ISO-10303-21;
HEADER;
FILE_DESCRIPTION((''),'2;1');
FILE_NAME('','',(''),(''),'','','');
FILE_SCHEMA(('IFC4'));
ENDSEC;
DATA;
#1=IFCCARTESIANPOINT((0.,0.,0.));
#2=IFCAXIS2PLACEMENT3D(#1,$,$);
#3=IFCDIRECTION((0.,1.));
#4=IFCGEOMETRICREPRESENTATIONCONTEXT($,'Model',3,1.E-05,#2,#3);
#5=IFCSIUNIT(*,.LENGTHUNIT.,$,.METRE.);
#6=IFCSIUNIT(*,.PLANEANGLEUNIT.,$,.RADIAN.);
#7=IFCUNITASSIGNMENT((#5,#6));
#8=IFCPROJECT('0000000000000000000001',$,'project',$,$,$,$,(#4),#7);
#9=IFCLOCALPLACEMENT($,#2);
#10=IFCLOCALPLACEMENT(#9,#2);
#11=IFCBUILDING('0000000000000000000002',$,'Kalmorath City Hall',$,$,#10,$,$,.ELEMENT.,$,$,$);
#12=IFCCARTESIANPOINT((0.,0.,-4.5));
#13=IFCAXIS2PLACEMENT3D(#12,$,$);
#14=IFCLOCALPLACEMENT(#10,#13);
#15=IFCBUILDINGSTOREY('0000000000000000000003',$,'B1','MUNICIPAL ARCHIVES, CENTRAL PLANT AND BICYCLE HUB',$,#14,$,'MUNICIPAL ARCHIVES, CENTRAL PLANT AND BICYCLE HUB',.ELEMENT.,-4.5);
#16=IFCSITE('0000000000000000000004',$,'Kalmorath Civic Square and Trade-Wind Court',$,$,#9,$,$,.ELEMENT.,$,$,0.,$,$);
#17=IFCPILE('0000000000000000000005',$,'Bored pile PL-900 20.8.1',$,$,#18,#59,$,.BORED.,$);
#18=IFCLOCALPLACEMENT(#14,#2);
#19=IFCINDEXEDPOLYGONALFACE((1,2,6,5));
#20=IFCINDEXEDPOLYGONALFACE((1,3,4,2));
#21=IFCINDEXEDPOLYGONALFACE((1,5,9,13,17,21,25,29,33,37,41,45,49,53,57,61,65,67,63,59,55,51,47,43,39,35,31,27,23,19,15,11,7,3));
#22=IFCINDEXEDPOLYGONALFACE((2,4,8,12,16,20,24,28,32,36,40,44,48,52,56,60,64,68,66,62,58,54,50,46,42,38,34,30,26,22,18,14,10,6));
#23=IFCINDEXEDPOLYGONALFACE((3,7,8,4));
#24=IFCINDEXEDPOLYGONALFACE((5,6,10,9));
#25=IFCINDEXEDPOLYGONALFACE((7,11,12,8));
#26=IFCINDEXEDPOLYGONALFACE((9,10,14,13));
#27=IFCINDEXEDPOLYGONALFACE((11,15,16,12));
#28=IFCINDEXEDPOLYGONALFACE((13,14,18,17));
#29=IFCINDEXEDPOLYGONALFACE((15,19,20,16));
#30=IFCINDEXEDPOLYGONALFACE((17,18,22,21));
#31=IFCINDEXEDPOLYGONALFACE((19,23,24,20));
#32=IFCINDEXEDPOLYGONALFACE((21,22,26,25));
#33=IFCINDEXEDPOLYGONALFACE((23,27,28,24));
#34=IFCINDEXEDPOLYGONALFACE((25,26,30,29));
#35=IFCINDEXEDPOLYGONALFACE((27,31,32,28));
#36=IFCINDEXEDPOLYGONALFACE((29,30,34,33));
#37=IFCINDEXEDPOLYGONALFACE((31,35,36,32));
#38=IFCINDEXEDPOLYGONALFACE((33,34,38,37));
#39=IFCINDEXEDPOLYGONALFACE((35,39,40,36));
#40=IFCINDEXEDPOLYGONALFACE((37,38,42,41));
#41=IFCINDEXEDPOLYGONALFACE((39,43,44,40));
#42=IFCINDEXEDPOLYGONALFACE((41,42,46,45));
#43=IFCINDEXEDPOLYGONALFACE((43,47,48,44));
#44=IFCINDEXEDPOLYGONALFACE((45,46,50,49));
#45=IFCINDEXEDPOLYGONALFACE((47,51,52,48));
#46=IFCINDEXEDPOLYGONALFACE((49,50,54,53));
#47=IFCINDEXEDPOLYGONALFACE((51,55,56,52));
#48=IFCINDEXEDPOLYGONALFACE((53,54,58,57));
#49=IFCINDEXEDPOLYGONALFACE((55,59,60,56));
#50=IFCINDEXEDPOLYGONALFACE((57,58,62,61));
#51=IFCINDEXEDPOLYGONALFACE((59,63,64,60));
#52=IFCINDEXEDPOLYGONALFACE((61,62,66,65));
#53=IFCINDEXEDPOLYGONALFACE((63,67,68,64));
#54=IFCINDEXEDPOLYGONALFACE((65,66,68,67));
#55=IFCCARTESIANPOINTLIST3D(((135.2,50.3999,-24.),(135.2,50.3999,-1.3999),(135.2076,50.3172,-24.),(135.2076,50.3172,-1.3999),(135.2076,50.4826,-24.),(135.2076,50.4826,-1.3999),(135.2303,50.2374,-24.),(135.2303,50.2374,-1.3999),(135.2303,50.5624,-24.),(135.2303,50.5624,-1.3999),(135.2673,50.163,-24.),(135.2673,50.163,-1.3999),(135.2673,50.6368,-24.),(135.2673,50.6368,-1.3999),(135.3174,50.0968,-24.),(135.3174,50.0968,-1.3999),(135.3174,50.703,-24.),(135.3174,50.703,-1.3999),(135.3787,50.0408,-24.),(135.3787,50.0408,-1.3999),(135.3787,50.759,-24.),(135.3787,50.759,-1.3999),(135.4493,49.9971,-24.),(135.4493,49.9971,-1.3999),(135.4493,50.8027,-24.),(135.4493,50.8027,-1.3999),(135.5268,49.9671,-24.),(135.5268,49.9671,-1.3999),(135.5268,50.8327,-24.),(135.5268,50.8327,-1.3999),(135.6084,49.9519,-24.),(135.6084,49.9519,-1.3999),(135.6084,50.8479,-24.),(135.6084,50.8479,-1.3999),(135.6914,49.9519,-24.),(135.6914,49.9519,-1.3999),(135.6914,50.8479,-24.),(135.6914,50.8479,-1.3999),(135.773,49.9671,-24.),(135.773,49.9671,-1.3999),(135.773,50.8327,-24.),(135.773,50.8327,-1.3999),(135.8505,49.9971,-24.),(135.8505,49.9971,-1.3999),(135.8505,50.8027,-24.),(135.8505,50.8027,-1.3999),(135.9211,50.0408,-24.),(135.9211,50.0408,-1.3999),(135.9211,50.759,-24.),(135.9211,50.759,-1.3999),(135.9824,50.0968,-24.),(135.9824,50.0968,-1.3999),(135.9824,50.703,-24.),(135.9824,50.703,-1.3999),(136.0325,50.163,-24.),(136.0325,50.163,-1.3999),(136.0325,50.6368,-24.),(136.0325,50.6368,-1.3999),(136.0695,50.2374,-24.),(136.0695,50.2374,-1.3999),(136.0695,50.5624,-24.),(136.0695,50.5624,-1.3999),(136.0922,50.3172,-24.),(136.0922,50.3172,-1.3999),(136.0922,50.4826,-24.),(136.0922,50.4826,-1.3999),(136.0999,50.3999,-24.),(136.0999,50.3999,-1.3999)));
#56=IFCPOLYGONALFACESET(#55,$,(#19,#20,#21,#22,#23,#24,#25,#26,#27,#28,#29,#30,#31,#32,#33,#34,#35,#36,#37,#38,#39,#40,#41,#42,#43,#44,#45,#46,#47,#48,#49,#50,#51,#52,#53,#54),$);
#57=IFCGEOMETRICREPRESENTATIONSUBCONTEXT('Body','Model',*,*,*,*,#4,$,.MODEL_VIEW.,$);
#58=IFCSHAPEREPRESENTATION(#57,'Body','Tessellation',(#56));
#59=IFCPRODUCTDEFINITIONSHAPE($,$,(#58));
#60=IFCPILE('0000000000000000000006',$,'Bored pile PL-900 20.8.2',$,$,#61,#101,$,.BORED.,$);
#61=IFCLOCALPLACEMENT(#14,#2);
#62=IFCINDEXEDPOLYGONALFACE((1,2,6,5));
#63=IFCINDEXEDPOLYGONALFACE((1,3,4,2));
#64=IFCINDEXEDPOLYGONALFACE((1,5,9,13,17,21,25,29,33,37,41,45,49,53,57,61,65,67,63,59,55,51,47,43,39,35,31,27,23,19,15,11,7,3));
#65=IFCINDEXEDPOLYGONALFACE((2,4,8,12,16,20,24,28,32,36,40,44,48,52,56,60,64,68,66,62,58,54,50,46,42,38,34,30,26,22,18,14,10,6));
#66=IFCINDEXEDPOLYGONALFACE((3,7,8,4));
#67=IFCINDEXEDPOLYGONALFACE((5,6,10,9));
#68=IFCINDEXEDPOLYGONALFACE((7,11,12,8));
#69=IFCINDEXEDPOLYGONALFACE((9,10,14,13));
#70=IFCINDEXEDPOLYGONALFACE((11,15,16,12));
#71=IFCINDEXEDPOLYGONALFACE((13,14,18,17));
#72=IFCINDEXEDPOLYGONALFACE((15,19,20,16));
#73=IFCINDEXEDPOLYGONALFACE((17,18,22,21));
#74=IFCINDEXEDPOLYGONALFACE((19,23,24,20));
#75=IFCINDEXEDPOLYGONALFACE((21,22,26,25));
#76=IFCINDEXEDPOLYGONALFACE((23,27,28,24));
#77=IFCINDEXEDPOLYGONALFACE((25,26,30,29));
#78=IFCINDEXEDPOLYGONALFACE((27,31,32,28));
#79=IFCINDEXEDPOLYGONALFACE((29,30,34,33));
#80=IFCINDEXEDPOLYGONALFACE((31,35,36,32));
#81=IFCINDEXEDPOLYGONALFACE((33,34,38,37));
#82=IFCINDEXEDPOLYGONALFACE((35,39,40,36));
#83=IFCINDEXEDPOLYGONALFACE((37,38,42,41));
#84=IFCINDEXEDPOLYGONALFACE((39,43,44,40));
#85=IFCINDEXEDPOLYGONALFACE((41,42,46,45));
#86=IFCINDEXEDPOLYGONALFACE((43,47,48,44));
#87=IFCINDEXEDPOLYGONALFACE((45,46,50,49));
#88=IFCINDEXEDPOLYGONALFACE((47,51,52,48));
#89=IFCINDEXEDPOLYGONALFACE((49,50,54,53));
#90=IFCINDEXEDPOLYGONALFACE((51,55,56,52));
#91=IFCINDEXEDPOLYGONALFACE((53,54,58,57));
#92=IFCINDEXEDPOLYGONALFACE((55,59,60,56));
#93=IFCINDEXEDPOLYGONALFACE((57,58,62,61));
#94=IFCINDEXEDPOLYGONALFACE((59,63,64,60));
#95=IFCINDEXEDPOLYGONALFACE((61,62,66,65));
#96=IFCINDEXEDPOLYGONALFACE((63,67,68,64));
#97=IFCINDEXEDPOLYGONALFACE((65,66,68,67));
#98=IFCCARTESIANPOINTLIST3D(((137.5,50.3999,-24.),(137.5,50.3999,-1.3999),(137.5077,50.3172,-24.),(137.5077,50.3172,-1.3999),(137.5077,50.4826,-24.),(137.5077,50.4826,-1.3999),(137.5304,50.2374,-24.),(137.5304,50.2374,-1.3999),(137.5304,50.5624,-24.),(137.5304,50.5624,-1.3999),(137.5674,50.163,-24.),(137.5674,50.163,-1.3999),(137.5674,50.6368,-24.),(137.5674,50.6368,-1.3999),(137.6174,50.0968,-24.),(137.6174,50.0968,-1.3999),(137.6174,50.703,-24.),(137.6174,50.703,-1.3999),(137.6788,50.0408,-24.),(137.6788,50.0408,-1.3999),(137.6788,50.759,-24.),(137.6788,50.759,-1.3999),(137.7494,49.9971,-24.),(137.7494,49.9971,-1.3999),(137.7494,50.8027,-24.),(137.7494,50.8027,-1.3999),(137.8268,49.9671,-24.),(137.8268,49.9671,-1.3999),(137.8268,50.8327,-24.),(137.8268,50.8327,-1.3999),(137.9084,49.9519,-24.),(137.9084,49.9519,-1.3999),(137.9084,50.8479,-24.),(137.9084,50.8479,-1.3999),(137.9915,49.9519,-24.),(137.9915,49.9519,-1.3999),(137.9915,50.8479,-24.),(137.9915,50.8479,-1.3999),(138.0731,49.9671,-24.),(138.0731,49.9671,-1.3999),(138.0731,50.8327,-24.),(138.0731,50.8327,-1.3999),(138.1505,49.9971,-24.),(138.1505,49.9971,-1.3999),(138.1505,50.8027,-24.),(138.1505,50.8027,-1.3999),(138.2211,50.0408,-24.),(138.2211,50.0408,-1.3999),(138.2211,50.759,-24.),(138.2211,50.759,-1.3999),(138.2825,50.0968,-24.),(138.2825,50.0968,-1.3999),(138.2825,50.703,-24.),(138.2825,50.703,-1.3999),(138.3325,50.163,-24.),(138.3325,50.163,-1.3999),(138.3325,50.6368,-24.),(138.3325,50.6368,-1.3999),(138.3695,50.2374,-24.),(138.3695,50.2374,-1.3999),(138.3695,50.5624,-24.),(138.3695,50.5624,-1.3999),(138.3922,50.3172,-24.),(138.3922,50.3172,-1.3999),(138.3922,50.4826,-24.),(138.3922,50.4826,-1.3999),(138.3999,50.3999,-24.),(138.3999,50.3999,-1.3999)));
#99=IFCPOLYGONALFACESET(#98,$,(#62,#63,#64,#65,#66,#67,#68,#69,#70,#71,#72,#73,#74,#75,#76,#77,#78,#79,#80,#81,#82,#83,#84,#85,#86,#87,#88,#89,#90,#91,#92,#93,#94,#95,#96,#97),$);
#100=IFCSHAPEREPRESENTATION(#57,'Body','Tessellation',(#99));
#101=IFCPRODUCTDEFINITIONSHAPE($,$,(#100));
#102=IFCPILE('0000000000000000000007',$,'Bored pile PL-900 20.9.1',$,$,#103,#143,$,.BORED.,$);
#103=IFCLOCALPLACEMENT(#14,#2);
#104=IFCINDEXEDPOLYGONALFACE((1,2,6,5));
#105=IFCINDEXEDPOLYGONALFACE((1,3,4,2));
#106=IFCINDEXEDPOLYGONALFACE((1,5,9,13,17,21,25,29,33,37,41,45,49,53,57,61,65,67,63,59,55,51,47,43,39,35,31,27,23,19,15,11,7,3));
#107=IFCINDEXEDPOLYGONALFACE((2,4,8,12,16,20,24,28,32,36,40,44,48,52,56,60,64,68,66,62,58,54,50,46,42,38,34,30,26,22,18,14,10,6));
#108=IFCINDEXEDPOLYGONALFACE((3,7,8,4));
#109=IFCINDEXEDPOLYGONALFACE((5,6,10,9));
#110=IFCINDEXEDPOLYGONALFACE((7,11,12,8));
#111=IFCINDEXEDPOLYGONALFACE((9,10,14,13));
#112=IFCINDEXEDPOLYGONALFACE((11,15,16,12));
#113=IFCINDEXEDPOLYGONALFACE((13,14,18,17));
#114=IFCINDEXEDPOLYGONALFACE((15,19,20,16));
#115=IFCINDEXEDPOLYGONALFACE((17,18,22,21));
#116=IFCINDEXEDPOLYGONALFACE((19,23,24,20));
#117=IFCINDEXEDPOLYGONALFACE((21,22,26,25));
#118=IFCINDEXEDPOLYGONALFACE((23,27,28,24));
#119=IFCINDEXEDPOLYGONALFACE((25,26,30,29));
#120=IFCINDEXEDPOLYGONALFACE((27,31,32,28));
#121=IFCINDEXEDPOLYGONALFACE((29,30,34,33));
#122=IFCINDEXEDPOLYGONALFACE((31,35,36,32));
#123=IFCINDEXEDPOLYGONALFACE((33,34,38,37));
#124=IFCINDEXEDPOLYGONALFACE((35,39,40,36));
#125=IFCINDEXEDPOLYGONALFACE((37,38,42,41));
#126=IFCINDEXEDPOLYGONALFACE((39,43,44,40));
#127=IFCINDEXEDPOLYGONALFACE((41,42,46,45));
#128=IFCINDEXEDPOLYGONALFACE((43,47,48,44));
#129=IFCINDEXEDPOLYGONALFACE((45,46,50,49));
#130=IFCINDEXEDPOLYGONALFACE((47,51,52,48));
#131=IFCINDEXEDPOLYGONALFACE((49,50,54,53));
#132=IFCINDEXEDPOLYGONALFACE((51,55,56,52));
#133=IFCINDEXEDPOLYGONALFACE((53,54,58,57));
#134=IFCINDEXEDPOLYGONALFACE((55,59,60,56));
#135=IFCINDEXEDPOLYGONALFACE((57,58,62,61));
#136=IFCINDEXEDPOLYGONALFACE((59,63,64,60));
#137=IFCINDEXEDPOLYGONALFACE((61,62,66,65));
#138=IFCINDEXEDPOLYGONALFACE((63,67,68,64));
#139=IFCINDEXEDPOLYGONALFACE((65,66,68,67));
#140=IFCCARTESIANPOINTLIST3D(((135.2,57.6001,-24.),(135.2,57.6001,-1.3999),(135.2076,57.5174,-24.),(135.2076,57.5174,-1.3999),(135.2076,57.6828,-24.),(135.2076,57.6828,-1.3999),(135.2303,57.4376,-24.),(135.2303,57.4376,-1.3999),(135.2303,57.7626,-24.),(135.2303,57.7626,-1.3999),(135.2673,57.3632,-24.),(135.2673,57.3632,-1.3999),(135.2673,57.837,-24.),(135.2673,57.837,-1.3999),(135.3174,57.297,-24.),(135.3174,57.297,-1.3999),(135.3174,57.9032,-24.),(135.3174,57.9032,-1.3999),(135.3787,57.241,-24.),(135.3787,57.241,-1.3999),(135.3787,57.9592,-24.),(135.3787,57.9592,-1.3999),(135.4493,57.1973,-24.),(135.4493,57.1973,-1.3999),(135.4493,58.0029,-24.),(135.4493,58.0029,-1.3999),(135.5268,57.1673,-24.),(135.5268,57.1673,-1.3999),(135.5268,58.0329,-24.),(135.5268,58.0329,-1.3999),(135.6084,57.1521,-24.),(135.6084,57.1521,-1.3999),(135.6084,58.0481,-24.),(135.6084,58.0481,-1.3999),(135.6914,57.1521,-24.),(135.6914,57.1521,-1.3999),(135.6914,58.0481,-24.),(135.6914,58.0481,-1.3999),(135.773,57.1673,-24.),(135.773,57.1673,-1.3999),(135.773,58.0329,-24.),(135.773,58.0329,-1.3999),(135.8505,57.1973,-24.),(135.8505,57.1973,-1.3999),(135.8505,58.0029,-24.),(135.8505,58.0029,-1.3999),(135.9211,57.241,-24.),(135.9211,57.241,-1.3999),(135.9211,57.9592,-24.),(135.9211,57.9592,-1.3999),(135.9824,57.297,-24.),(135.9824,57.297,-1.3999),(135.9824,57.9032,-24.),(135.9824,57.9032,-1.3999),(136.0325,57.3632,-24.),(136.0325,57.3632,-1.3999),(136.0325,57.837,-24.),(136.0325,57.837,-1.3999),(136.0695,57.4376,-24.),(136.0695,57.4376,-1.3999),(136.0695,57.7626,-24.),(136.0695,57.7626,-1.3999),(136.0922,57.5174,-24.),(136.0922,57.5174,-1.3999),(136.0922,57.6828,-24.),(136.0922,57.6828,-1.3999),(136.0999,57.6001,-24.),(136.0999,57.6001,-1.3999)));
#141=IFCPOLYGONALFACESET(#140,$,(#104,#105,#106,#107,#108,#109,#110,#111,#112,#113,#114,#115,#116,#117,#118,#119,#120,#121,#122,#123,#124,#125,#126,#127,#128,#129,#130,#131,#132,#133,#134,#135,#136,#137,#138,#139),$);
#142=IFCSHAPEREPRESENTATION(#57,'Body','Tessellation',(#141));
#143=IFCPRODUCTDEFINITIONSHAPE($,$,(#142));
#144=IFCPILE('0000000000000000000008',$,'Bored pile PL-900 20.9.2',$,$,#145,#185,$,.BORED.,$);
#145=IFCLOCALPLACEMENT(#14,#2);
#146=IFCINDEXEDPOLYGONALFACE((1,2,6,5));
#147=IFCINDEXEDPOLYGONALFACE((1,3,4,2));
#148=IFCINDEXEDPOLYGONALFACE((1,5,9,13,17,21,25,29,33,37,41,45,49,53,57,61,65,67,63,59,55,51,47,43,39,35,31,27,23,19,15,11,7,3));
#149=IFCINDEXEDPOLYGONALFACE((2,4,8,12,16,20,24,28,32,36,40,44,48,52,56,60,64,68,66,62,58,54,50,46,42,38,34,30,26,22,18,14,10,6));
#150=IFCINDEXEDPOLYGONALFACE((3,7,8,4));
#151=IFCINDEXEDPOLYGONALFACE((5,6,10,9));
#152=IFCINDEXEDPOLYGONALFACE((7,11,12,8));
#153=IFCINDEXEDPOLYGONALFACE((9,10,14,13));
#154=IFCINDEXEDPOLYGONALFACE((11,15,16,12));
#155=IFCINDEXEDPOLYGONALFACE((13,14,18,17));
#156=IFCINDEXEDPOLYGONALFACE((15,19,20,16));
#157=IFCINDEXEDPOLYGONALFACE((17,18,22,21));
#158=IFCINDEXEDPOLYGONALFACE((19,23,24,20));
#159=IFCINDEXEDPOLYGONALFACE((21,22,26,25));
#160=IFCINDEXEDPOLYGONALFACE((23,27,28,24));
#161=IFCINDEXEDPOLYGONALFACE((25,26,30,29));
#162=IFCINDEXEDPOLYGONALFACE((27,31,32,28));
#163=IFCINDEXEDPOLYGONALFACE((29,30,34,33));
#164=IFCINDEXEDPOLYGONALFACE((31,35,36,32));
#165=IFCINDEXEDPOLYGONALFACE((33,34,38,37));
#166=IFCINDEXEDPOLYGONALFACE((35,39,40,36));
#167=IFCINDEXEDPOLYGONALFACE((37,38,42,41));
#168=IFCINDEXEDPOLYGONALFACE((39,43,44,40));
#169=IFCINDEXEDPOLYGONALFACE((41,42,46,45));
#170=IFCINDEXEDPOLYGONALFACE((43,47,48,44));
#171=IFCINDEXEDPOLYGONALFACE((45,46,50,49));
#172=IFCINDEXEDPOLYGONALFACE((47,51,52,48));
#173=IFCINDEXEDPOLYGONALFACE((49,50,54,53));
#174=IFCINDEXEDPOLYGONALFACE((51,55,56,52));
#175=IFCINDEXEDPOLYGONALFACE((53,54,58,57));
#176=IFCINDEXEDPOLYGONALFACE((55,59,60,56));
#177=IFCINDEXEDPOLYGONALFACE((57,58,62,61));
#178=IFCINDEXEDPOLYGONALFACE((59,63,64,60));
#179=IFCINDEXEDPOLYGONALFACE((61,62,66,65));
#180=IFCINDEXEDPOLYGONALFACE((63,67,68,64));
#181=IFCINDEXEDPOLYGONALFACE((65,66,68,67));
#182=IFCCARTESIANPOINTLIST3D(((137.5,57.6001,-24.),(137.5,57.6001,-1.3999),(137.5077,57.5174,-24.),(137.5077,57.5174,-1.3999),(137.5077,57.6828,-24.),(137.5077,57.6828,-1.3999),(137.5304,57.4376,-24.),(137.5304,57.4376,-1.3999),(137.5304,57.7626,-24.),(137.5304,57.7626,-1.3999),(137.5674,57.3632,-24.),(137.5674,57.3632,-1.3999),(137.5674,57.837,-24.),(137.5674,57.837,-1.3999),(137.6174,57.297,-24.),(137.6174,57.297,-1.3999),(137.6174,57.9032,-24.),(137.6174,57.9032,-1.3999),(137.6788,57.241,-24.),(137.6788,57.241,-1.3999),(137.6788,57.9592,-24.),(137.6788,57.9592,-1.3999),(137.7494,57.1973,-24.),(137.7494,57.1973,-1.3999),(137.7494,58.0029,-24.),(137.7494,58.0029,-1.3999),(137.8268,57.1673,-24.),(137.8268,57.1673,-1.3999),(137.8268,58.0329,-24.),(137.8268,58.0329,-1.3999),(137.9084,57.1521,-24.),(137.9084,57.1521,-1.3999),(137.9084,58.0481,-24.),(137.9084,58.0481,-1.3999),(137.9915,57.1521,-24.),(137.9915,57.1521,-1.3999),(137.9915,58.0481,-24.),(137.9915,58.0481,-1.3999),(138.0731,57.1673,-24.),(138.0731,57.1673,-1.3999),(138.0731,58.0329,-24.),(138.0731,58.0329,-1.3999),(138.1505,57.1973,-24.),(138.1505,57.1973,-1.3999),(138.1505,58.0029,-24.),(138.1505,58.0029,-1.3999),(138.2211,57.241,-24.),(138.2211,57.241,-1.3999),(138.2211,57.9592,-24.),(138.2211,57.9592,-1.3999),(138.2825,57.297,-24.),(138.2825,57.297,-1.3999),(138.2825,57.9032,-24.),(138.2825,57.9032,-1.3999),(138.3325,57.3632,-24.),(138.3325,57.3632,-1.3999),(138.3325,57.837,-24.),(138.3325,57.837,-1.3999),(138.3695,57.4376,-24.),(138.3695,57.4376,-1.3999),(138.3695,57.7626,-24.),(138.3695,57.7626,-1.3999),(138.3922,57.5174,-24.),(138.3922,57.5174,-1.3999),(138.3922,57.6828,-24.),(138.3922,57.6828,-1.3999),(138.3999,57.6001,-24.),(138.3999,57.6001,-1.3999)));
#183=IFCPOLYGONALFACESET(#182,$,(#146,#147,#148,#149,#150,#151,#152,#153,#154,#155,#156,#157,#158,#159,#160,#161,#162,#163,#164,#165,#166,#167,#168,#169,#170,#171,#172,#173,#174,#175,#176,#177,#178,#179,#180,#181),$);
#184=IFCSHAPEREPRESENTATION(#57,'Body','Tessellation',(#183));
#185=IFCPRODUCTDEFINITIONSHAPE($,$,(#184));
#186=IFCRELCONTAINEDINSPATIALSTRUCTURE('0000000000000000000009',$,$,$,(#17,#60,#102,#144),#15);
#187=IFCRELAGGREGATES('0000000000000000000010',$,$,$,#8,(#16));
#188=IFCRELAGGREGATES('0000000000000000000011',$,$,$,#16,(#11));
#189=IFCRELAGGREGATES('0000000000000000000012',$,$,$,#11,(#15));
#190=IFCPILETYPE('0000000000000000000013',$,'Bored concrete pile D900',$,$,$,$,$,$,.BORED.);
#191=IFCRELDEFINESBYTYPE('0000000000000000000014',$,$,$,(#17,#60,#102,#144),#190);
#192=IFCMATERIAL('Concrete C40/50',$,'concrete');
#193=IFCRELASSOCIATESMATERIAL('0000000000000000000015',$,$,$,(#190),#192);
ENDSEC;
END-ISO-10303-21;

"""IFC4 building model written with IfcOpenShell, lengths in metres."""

from ifc_helpers import new_model, si_unit, direction, frame, origin, origin_2d, place, context, subcontext, project, spatial, circle, extrude, material, material_profile, profile_set, type_object, element, save


model = new_model("IFC4")

# Units and contexts
model_context = context("Model", 3, precision=1e-05, world=origin(), true_north=direction((0.0, 1.0)))
body_context = subcontext(model_context, "Body", "Model", "MODEL_VIEW")
ifc_project = project(units=[si_unit("LENGTHUNIT", "METRE"), si_unit("PLANEANGLEUNIT", "RADIAN")], contexts=[model_context])

# Site, building, storey
site_placement = place(None, origin())
site = spatial("IfcSite", under=ifc_project, at=site_placement, Name="Kalmorath Civic Square and Trade-Wind Court", CompositionType="ELEMENT", RefElevation=0.0)
building_placement = place(site_placement, origin())
building = spatial("IfcBuilding", under=site, at=building_placement, Name="Kalmorath City Hall", CompositionType="ELEMENT")
storey_placement = place(building_placement, frame((0.0, 0.0, -4.5)))
storey = spatial("IfcBuildingStorey", under=building, at=storey_placement, Name="B1", Description="MUNICIPAL ARCHIVES, CENTRAL PLANT AND BICYCLE HUB", LongName="MUNICIPAL ARCHIVES, CENTRAL PLANT AND BICYCLE HUB", CompositionType="ELEMENT", Elevation=-4.5)

# Piles
ifc_material_1 = material(Name="Concrete C40/50", Category="concrete")
ifc_material_profile_1 = material_profile(ifc_material_1, circle(Radius=0.45, at=origin_2d()), Name="PILE-D900")
ifc_profile_set_1 = profile_set([ifc_material_profile_1], Name="Concrete C40/50")
pile_type = type_object("IfcPileType", Name="Bored concrete pile D900", PredefinedType="BORED", material=ifc_profile_set_1)
for number, where, z_axis, x_axis, name in (
    (1, (135.6499, 50.3999, -1.3999), (0.0, 0.0, -1.0), (1.0, 0.0, 0.0), "Bored pile PL-900 20.8.1"),
    (2, (137.95, 50.3999, -1.3999), (0.0, 0.0, -1.0), (1.0, 0.0, 0.0), "Bored pile PL-900 20.8.2"),
    (3, (135.6499, 57.6001, -1.3999), (0.0, 0.0, -1.0), (1.0, 0.0, 0.0), "Bored pile PL-900 20.9.1"),
    (4, (137.95, 57.6001, -1.3999), (0.0, 0.0, -1.0), (1.0, 0.0, 0.0), "Bored pile PL-900 20.9.2"),
):
    element("IfcPile", number, at=place(storey_placement, frame(where, z_axis=z_axis, x_axis=x_axis)), inside=storey, type_object=pile_type, Name=name, PredefinedType="BORED", context=body_context, shape_type="SweptSolid", body=[
        extrude(circle(Radius=0.45, at=origin_2d()), origin(), (0.0, 0.0, 1.0), 22.6001),
    ])

save(model, "model.ifc")
